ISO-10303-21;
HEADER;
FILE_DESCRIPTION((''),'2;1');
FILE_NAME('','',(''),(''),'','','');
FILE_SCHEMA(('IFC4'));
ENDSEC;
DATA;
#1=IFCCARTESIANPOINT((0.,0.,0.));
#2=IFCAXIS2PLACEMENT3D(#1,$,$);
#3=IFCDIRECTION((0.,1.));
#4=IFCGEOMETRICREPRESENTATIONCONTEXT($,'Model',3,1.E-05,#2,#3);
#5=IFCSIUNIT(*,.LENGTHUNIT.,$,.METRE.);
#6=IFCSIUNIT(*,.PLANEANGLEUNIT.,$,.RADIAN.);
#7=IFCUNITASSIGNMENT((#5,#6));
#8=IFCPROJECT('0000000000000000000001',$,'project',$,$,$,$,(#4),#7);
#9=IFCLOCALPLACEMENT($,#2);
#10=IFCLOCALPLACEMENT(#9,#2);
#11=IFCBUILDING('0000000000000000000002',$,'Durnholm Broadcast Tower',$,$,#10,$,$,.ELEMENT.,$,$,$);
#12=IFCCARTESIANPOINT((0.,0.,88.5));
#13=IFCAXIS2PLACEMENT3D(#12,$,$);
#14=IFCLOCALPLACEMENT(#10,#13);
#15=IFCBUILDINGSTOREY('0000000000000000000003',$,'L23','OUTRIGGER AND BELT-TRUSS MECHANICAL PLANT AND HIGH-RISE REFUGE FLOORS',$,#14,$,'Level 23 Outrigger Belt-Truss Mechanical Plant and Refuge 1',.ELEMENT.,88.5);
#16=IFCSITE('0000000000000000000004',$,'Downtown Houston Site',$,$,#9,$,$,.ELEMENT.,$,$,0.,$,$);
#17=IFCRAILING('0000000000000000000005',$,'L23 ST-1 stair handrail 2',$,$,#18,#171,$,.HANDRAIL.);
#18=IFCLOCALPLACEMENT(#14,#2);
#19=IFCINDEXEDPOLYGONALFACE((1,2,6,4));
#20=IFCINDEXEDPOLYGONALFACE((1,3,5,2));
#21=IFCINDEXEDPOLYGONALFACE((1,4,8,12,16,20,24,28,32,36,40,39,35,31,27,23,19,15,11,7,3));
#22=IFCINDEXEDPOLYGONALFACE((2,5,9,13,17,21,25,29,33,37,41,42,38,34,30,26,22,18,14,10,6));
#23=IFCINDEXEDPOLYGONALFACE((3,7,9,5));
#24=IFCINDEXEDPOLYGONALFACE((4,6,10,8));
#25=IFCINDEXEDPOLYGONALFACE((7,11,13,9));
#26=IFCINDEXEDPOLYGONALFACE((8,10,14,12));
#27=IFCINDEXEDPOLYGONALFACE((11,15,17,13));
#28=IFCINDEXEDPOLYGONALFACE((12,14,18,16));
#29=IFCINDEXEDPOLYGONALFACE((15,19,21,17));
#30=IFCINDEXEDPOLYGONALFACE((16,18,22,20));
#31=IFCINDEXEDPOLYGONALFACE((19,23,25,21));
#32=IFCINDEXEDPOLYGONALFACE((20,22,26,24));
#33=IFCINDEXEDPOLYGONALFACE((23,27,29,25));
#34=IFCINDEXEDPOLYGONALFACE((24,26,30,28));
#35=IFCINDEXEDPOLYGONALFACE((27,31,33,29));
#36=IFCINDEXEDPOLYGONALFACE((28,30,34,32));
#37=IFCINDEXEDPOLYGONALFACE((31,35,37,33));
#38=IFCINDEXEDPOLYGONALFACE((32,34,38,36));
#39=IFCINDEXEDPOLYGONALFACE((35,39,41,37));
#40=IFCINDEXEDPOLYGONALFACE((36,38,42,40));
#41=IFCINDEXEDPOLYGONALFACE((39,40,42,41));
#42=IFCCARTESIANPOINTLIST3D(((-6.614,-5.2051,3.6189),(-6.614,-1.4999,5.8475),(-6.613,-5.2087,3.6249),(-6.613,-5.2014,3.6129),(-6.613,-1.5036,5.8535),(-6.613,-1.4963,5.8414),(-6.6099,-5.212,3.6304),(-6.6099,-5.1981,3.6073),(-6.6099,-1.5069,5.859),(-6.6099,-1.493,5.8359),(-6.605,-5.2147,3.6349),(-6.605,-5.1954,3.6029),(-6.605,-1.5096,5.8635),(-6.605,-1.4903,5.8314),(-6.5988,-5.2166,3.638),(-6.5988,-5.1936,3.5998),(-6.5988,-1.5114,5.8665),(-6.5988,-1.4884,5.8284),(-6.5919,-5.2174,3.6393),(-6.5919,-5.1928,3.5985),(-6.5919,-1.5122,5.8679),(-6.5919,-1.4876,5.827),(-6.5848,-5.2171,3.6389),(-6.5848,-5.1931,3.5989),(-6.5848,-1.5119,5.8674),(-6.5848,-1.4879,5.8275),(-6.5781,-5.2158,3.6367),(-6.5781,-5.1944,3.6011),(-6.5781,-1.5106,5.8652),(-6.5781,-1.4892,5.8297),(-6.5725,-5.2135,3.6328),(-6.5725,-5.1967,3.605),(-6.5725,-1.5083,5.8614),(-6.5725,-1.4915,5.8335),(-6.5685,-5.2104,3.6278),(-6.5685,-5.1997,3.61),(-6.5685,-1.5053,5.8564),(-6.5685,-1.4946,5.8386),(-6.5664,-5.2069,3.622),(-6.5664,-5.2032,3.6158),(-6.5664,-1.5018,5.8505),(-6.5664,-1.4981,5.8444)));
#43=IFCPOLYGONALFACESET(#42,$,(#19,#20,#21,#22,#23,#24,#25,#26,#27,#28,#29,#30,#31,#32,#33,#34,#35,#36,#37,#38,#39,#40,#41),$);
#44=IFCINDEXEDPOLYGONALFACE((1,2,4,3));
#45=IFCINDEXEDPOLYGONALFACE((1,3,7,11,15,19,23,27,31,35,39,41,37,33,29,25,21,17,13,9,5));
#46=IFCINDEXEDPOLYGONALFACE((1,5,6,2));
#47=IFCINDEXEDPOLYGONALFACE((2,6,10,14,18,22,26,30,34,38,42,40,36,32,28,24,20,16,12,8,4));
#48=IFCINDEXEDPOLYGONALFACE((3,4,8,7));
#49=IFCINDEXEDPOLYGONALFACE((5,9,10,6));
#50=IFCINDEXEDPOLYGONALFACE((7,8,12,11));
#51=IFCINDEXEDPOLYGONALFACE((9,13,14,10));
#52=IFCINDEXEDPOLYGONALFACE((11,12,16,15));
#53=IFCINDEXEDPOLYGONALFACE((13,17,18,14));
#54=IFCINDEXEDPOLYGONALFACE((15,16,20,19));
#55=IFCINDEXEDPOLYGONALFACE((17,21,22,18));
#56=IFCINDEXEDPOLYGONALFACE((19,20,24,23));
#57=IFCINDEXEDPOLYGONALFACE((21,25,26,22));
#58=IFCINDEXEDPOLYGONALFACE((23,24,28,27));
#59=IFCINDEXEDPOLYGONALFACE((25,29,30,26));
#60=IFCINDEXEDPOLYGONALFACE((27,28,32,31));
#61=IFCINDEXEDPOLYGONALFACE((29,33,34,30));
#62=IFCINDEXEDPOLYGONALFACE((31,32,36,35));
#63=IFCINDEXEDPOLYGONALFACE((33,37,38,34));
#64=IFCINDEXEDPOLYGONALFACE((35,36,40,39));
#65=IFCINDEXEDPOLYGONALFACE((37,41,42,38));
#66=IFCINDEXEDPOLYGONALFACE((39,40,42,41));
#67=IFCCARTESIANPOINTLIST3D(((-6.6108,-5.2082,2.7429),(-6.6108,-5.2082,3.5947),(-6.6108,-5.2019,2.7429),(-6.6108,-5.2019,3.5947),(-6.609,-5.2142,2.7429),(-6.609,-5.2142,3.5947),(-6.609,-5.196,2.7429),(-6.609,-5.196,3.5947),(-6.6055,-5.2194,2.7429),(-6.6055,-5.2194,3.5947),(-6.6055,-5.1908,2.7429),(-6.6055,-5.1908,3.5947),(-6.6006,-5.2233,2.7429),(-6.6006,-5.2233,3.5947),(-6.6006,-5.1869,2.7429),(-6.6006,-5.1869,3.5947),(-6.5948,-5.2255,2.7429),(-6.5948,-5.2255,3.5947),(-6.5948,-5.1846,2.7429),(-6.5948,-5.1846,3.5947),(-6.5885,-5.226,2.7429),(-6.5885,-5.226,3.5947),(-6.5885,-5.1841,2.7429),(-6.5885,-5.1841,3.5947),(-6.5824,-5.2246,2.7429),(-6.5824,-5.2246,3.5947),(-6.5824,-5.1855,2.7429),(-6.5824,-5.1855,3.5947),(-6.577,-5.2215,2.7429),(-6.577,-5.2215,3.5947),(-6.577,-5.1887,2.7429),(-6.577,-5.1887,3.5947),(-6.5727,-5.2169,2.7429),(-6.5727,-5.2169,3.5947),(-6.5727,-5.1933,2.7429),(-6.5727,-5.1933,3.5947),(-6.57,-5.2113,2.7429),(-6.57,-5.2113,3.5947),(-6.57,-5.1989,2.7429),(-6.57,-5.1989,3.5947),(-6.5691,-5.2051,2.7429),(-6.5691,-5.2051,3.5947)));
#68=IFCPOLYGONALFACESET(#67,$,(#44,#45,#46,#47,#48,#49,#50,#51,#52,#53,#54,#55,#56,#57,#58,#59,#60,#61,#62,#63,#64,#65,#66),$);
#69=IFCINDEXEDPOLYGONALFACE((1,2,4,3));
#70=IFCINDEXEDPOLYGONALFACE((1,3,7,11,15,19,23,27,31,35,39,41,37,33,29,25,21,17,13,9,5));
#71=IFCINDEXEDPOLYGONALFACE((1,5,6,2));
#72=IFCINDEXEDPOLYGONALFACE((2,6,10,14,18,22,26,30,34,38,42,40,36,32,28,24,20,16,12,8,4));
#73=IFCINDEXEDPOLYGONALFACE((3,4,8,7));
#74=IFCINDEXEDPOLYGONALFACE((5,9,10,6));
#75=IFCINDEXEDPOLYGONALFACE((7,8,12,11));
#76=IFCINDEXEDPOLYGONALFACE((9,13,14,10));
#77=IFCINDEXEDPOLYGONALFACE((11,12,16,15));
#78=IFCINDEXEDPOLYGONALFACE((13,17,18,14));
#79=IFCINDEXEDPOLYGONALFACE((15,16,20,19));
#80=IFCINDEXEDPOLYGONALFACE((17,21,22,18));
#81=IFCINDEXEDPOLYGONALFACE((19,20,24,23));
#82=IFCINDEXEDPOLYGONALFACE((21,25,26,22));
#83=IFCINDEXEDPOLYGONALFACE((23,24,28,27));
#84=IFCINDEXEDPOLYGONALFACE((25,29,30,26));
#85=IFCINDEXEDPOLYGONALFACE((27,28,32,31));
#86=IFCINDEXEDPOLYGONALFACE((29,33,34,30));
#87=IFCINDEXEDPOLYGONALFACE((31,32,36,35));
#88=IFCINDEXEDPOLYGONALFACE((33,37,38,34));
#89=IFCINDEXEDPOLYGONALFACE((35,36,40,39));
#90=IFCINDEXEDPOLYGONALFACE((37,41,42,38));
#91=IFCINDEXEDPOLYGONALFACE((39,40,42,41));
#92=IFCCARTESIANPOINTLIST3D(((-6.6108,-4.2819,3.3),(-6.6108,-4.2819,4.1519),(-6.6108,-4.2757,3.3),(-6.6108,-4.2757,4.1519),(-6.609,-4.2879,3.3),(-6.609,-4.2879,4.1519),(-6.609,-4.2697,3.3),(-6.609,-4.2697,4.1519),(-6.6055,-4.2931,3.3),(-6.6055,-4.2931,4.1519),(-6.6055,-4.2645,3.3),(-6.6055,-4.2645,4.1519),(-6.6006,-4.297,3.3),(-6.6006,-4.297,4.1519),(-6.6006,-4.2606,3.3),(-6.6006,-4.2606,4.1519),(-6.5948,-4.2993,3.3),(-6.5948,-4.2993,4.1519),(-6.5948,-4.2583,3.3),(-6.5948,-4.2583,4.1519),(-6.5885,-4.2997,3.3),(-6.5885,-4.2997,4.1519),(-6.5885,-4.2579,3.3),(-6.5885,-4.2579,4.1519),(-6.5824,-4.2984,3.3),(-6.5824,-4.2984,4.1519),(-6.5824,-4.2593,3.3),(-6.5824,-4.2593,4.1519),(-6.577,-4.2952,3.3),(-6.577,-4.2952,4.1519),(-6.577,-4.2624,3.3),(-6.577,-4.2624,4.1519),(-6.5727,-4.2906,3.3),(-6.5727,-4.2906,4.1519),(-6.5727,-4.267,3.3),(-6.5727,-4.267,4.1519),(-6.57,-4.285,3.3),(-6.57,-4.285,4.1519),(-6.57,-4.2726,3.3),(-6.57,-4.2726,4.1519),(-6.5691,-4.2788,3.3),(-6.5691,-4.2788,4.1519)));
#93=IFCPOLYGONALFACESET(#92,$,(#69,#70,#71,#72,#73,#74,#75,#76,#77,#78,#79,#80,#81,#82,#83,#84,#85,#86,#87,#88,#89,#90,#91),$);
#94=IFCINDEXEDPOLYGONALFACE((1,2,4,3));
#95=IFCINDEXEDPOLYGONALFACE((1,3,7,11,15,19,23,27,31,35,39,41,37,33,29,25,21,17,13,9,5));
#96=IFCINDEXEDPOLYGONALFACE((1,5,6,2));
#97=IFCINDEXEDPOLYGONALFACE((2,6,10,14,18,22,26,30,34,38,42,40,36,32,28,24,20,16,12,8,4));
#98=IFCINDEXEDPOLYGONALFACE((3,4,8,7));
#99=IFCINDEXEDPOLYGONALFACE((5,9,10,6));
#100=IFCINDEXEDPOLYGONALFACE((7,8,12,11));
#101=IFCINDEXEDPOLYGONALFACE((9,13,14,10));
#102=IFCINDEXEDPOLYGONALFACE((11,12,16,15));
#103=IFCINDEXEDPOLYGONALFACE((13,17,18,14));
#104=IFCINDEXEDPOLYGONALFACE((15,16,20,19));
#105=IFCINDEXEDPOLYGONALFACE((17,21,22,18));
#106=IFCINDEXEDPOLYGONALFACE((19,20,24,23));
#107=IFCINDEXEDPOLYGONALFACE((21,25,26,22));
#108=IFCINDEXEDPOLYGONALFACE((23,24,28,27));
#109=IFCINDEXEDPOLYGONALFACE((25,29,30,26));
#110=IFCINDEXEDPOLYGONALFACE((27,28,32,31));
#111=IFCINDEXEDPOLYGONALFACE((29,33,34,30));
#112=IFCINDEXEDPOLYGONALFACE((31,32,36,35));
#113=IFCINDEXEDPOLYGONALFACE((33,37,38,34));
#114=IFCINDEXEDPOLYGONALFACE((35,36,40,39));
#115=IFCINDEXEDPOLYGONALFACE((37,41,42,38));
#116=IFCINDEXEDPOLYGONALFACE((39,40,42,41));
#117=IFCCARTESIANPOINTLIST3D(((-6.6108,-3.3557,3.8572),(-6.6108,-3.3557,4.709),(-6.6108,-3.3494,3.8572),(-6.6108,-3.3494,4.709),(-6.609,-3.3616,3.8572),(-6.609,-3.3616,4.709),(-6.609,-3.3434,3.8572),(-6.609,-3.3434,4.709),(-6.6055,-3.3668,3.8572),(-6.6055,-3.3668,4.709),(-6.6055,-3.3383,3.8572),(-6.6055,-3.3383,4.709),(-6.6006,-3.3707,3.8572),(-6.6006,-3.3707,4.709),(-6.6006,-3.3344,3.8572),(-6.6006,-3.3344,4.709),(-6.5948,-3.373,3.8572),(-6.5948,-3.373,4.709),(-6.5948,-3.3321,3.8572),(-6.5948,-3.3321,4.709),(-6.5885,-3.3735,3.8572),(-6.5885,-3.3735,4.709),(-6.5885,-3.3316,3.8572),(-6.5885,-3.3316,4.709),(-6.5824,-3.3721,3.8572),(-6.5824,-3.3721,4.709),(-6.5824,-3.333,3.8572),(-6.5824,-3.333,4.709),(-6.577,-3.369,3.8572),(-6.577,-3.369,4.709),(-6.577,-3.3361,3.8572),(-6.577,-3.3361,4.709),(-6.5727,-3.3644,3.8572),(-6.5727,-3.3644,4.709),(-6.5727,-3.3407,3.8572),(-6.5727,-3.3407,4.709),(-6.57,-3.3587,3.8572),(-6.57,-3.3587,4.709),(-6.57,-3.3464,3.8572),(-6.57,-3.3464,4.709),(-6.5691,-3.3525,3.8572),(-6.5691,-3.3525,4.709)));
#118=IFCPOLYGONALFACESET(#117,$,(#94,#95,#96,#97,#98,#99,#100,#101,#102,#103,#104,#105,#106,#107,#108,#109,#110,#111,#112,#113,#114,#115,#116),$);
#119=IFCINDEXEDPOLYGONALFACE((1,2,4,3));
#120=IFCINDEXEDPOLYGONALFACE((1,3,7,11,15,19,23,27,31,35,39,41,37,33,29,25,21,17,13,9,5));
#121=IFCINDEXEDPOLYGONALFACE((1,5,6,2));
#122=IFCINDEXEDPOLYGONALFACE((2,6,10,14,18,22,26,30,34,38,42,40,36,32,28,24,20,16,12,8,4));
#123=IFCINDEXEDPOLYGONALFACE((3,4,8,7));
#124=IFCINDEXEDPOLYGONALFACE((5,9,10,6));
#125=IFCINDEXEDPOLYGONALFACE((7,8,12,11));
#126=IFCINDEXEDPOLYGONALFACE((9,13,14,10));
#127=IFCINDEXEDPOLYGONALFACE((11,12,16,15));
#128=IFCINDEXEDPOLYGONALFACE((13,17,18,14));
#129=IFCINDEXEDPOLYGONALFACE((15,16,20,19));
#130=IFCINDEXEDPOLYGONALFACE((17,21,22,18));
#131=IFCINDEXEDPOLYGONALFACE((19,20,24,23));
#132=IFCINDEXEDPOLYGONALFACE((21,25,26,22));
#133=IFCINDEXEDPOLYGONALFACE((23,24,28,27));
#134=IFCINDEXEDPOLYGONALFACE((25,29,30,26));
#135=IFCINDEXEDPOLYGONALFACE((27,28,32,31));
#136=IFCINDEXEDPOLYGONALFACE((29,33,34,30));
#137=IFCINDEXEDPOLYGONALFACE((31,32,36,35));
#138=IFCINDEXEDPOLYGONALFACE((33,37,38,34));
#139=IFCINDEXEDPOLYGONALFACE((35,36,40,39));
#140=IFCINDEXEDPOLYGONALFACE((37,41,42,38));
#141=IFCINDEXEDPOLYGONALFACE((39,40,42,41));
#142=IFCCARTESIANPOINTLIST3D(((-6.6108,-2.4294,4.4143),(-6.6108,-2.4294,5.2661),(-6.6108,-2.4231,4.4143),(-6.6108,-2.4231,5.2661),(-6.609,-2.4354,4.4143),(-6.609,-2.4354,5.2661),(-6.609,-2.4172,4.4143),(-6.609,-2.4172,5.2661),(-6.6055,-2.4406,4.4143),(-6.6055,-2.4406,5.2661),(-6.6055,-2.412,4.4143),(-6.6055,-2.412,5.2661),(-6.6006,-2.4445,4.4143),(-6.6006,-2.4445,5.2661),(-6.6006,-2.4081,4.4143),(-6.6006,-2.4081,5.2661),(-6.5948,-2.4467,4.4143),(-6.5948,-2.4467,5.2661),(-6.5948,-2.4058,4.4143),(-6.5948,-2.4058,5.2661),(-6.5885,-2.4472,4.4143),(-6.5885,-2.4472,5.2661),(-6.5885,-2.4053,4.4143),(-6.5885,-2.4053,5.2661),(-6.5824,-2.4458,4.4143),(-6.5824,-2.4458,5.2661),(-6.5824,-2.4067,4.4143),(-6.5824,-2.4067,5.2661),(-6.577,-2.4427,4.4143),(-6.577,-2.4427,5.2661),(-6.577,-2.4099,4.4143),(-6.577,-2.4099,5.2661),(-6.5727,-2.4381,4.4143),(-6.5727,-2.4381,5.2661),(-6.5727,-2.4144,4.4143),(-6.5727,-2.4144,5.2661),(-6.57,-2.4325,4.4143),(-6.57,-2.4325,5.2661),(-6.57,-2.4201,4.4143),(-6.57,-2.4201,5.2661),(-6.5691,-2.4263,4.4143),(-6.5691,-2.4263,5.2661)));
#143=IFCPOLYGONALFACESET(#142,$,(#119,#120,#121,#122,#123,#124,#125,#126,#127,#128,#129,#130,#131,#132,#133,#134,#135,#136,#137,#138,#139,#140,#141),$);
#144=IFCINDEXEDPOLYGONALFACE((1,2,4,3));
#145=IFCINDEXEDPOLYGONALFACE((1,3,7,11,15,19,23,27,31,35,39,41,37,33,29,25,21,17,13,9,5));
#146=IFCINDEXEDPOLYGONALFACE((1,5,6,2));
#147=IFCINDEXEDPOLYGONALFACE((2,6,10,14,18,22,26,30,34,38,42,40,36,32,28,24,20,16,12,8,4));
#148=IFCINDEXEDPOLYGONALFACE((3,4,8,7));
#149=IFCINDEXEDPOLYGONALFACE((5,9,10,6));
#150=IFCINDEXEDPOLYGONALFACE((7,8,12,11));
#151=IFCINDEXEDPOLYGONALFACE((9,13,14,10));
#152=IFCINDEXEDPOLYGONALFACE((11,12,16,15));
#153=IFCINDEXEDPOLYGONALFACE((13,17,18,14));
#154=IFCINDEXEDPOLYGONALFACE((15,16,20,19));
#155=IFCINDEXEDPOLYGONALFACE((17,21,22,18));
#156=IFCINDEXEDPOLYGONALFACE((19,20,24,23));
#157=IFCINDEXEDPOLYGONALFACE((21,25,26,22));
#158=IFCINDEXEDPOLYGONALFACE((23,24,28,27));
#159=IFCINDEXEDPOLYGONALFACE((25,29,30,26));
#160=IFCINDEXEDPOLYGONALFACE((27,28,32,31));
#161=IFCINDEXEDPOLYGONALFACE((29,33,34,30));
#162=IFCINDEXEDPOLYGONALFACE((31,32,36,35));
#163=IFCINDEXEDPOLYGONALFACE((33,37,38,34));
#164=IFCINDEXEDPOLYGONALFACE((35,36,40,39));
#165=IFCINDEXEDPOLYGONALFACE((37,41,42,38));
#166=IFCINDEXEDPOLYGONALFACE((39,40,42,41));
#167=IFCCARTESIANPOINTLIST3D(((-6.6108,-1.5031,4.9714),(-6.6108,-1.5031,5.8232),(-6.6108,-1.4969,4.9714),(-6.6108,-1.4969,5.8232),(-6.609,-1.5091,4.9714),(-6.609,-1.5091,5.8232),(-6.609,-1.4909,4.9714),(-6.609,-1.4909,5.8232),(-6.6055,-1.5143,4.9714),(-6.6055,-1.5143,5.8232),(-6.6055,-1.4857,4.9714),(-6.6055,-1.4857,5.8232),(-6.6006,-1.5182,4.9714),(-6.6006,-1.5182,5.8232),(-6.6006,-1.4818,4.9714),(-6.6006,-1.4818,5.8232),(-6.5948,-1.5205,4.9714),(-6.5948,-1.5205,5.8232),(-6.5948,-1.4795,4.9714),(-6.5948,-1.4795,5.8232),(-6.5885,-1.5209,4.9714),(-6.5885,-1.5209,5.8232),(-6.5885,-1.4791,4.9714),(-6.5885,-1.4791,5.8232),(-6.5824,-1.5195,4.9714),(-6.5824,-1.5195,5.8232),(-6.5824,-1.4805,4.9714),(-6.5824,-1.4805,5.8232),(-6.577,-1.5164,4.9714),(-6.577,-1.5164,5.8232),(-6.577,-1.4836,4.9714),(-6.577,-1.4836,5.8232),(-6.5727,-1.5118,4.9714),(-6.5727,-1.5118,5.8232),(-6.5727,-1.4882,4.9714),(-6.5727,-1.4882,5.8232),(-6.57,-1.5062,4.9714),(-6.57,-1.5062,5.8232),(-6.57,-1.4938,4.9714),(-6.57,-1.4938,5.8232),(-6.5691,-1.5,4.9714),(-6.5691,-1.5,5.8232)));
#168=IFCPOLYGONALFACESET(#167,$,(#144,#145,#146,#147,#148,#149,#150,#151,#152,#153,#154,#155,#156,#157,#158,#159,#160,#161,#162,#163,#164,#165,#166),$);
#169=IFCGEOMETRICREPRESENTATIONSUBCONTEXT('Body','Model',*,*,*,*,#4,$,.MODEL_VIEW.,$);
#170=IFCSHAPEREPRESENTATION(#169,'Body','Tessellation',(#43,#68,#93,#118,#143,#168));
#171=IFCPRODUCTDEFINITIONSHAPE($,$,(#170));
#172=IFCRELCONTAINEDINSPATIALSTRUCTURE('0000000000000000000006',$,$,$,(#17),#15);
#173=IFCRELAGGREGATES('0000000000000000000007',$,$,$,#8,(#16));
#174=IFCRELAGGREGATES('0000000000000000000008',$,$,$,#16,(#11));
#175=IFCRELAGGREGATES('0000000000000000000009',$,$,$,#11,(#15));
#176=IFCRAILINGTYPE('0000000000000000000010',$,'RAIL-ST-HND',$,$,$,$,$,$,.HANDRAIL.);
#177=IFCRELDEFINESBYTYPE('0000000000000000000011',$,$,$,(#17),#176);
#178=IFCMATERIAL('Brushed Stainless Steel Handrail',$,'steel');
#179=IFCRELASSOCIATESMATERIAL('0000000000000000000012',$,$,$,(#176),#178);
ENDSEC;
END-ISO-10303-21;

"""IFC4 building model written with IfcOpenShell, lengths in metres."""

from ifc_helpers import new_model, si_unit, direction, frame, origin, origin_2d, place, context, subcontext, project, spatial, circle, extrude, material, type_object, element, save


model = new_model("IFC4")

# Units and contexts
model_context = context("Model", 3, precision=1e-05, world=origin(), true_north=direction((0.0, 1.0)))
body_context = subcontext(model_context, "Body", "Model", "MODEL_VIEW")
ifc_project = project(units=[si_unit("LENGTHUNIT", "METRE"), si_unit("PLANEANGLEUNIT", "RADIAN")], contexts=[model_context])

# Site, building, storey
site_placement = place(None, origin())
site = spatial("IfcSite", under=ifc_project, at=site_placement, Name="Downtown Houston Site", CompositionType="ELEMENT", RefElevation=0.0)
building_placement = place(site_placement, origin())
building = spatial("IfcBuilding", under=site, at=building_placement, Name="Durnholm Broadcast Tower", CompositionType="ELEMENT")
storey_placement = place(building_placement, frame((0.0, 0.0, 88.5)))
storey = spatial("IfcBuildingStorey", under=building, at=storey_placement, Name="L23", Description="OUTRIGGER AND BELT-TRUSS MECHANICAL PLANT AND HIGH-RISE REFUGE FLOORS", LongName="Level 23 Outrigger Belt-Truss Mechanical Plant and Refuge 1", CompositionType="ELEMENT", Elevation=88.5)

# Railing
ifc_material_1 = material(Name="Brushed Stainless Steel Handrail", Category="steel")
railing_type_1 = type_object("IfcRailingType", Name="RAIL-ST-HND", PredefinedType="HANDRAIL", material=ifc_material_1)
railing_1_placement = place(storey_placement, frame((-6.5901, -5.2051, 2.7429)))
element("IfcRailing", 1, at=railing_1_placement, inside=storey, type_object=railing_type_1, Name="L23 ST-1 stair handrail 2", PredefinedType="HANDRAIL", context=body_context, shape_type="SweptSolid", body=[
    extrude(circle(Radius=0.0239, at=origin_2d()), frame((0.0, 0.0, 0.876), z_axis=(0.0, 0.856934, 0.515425), x_axis=(-1.0, 0.0, 0.0)), (0.0, 0.0, 1.0), 4.3237),
    extrude(circle(Radius=0.021, at=origin_2d()), origin(), (0.0, 0.0, 1.0), 0.8518),
    extrude(circle(Radius=0.021, at=origin_2d()), frame((0.0, 0.9263, 0.5571)), (0.0, 0.0, 1.0), 0.8518),
    extrude(circle(Radius=0.021, at=origin_2d()), frame((0.0, 1.8525, 1.1143)), (0.0, 0.0, 1.0), 0.8518),
    extrude(circle(Radius=0.021, at=origin_2d()), frame((0.0, 2.7788, 1.6714)), (0.0, 0.0, 1.0), 0.8518),
    extrude(circle(Radius=0.021, at=origin_2d()), frame((0.0, 3.7051, 2.2285)), (0.0, 0.0, 1.0), 0.8518),
])

save(model, "model.ifc")
